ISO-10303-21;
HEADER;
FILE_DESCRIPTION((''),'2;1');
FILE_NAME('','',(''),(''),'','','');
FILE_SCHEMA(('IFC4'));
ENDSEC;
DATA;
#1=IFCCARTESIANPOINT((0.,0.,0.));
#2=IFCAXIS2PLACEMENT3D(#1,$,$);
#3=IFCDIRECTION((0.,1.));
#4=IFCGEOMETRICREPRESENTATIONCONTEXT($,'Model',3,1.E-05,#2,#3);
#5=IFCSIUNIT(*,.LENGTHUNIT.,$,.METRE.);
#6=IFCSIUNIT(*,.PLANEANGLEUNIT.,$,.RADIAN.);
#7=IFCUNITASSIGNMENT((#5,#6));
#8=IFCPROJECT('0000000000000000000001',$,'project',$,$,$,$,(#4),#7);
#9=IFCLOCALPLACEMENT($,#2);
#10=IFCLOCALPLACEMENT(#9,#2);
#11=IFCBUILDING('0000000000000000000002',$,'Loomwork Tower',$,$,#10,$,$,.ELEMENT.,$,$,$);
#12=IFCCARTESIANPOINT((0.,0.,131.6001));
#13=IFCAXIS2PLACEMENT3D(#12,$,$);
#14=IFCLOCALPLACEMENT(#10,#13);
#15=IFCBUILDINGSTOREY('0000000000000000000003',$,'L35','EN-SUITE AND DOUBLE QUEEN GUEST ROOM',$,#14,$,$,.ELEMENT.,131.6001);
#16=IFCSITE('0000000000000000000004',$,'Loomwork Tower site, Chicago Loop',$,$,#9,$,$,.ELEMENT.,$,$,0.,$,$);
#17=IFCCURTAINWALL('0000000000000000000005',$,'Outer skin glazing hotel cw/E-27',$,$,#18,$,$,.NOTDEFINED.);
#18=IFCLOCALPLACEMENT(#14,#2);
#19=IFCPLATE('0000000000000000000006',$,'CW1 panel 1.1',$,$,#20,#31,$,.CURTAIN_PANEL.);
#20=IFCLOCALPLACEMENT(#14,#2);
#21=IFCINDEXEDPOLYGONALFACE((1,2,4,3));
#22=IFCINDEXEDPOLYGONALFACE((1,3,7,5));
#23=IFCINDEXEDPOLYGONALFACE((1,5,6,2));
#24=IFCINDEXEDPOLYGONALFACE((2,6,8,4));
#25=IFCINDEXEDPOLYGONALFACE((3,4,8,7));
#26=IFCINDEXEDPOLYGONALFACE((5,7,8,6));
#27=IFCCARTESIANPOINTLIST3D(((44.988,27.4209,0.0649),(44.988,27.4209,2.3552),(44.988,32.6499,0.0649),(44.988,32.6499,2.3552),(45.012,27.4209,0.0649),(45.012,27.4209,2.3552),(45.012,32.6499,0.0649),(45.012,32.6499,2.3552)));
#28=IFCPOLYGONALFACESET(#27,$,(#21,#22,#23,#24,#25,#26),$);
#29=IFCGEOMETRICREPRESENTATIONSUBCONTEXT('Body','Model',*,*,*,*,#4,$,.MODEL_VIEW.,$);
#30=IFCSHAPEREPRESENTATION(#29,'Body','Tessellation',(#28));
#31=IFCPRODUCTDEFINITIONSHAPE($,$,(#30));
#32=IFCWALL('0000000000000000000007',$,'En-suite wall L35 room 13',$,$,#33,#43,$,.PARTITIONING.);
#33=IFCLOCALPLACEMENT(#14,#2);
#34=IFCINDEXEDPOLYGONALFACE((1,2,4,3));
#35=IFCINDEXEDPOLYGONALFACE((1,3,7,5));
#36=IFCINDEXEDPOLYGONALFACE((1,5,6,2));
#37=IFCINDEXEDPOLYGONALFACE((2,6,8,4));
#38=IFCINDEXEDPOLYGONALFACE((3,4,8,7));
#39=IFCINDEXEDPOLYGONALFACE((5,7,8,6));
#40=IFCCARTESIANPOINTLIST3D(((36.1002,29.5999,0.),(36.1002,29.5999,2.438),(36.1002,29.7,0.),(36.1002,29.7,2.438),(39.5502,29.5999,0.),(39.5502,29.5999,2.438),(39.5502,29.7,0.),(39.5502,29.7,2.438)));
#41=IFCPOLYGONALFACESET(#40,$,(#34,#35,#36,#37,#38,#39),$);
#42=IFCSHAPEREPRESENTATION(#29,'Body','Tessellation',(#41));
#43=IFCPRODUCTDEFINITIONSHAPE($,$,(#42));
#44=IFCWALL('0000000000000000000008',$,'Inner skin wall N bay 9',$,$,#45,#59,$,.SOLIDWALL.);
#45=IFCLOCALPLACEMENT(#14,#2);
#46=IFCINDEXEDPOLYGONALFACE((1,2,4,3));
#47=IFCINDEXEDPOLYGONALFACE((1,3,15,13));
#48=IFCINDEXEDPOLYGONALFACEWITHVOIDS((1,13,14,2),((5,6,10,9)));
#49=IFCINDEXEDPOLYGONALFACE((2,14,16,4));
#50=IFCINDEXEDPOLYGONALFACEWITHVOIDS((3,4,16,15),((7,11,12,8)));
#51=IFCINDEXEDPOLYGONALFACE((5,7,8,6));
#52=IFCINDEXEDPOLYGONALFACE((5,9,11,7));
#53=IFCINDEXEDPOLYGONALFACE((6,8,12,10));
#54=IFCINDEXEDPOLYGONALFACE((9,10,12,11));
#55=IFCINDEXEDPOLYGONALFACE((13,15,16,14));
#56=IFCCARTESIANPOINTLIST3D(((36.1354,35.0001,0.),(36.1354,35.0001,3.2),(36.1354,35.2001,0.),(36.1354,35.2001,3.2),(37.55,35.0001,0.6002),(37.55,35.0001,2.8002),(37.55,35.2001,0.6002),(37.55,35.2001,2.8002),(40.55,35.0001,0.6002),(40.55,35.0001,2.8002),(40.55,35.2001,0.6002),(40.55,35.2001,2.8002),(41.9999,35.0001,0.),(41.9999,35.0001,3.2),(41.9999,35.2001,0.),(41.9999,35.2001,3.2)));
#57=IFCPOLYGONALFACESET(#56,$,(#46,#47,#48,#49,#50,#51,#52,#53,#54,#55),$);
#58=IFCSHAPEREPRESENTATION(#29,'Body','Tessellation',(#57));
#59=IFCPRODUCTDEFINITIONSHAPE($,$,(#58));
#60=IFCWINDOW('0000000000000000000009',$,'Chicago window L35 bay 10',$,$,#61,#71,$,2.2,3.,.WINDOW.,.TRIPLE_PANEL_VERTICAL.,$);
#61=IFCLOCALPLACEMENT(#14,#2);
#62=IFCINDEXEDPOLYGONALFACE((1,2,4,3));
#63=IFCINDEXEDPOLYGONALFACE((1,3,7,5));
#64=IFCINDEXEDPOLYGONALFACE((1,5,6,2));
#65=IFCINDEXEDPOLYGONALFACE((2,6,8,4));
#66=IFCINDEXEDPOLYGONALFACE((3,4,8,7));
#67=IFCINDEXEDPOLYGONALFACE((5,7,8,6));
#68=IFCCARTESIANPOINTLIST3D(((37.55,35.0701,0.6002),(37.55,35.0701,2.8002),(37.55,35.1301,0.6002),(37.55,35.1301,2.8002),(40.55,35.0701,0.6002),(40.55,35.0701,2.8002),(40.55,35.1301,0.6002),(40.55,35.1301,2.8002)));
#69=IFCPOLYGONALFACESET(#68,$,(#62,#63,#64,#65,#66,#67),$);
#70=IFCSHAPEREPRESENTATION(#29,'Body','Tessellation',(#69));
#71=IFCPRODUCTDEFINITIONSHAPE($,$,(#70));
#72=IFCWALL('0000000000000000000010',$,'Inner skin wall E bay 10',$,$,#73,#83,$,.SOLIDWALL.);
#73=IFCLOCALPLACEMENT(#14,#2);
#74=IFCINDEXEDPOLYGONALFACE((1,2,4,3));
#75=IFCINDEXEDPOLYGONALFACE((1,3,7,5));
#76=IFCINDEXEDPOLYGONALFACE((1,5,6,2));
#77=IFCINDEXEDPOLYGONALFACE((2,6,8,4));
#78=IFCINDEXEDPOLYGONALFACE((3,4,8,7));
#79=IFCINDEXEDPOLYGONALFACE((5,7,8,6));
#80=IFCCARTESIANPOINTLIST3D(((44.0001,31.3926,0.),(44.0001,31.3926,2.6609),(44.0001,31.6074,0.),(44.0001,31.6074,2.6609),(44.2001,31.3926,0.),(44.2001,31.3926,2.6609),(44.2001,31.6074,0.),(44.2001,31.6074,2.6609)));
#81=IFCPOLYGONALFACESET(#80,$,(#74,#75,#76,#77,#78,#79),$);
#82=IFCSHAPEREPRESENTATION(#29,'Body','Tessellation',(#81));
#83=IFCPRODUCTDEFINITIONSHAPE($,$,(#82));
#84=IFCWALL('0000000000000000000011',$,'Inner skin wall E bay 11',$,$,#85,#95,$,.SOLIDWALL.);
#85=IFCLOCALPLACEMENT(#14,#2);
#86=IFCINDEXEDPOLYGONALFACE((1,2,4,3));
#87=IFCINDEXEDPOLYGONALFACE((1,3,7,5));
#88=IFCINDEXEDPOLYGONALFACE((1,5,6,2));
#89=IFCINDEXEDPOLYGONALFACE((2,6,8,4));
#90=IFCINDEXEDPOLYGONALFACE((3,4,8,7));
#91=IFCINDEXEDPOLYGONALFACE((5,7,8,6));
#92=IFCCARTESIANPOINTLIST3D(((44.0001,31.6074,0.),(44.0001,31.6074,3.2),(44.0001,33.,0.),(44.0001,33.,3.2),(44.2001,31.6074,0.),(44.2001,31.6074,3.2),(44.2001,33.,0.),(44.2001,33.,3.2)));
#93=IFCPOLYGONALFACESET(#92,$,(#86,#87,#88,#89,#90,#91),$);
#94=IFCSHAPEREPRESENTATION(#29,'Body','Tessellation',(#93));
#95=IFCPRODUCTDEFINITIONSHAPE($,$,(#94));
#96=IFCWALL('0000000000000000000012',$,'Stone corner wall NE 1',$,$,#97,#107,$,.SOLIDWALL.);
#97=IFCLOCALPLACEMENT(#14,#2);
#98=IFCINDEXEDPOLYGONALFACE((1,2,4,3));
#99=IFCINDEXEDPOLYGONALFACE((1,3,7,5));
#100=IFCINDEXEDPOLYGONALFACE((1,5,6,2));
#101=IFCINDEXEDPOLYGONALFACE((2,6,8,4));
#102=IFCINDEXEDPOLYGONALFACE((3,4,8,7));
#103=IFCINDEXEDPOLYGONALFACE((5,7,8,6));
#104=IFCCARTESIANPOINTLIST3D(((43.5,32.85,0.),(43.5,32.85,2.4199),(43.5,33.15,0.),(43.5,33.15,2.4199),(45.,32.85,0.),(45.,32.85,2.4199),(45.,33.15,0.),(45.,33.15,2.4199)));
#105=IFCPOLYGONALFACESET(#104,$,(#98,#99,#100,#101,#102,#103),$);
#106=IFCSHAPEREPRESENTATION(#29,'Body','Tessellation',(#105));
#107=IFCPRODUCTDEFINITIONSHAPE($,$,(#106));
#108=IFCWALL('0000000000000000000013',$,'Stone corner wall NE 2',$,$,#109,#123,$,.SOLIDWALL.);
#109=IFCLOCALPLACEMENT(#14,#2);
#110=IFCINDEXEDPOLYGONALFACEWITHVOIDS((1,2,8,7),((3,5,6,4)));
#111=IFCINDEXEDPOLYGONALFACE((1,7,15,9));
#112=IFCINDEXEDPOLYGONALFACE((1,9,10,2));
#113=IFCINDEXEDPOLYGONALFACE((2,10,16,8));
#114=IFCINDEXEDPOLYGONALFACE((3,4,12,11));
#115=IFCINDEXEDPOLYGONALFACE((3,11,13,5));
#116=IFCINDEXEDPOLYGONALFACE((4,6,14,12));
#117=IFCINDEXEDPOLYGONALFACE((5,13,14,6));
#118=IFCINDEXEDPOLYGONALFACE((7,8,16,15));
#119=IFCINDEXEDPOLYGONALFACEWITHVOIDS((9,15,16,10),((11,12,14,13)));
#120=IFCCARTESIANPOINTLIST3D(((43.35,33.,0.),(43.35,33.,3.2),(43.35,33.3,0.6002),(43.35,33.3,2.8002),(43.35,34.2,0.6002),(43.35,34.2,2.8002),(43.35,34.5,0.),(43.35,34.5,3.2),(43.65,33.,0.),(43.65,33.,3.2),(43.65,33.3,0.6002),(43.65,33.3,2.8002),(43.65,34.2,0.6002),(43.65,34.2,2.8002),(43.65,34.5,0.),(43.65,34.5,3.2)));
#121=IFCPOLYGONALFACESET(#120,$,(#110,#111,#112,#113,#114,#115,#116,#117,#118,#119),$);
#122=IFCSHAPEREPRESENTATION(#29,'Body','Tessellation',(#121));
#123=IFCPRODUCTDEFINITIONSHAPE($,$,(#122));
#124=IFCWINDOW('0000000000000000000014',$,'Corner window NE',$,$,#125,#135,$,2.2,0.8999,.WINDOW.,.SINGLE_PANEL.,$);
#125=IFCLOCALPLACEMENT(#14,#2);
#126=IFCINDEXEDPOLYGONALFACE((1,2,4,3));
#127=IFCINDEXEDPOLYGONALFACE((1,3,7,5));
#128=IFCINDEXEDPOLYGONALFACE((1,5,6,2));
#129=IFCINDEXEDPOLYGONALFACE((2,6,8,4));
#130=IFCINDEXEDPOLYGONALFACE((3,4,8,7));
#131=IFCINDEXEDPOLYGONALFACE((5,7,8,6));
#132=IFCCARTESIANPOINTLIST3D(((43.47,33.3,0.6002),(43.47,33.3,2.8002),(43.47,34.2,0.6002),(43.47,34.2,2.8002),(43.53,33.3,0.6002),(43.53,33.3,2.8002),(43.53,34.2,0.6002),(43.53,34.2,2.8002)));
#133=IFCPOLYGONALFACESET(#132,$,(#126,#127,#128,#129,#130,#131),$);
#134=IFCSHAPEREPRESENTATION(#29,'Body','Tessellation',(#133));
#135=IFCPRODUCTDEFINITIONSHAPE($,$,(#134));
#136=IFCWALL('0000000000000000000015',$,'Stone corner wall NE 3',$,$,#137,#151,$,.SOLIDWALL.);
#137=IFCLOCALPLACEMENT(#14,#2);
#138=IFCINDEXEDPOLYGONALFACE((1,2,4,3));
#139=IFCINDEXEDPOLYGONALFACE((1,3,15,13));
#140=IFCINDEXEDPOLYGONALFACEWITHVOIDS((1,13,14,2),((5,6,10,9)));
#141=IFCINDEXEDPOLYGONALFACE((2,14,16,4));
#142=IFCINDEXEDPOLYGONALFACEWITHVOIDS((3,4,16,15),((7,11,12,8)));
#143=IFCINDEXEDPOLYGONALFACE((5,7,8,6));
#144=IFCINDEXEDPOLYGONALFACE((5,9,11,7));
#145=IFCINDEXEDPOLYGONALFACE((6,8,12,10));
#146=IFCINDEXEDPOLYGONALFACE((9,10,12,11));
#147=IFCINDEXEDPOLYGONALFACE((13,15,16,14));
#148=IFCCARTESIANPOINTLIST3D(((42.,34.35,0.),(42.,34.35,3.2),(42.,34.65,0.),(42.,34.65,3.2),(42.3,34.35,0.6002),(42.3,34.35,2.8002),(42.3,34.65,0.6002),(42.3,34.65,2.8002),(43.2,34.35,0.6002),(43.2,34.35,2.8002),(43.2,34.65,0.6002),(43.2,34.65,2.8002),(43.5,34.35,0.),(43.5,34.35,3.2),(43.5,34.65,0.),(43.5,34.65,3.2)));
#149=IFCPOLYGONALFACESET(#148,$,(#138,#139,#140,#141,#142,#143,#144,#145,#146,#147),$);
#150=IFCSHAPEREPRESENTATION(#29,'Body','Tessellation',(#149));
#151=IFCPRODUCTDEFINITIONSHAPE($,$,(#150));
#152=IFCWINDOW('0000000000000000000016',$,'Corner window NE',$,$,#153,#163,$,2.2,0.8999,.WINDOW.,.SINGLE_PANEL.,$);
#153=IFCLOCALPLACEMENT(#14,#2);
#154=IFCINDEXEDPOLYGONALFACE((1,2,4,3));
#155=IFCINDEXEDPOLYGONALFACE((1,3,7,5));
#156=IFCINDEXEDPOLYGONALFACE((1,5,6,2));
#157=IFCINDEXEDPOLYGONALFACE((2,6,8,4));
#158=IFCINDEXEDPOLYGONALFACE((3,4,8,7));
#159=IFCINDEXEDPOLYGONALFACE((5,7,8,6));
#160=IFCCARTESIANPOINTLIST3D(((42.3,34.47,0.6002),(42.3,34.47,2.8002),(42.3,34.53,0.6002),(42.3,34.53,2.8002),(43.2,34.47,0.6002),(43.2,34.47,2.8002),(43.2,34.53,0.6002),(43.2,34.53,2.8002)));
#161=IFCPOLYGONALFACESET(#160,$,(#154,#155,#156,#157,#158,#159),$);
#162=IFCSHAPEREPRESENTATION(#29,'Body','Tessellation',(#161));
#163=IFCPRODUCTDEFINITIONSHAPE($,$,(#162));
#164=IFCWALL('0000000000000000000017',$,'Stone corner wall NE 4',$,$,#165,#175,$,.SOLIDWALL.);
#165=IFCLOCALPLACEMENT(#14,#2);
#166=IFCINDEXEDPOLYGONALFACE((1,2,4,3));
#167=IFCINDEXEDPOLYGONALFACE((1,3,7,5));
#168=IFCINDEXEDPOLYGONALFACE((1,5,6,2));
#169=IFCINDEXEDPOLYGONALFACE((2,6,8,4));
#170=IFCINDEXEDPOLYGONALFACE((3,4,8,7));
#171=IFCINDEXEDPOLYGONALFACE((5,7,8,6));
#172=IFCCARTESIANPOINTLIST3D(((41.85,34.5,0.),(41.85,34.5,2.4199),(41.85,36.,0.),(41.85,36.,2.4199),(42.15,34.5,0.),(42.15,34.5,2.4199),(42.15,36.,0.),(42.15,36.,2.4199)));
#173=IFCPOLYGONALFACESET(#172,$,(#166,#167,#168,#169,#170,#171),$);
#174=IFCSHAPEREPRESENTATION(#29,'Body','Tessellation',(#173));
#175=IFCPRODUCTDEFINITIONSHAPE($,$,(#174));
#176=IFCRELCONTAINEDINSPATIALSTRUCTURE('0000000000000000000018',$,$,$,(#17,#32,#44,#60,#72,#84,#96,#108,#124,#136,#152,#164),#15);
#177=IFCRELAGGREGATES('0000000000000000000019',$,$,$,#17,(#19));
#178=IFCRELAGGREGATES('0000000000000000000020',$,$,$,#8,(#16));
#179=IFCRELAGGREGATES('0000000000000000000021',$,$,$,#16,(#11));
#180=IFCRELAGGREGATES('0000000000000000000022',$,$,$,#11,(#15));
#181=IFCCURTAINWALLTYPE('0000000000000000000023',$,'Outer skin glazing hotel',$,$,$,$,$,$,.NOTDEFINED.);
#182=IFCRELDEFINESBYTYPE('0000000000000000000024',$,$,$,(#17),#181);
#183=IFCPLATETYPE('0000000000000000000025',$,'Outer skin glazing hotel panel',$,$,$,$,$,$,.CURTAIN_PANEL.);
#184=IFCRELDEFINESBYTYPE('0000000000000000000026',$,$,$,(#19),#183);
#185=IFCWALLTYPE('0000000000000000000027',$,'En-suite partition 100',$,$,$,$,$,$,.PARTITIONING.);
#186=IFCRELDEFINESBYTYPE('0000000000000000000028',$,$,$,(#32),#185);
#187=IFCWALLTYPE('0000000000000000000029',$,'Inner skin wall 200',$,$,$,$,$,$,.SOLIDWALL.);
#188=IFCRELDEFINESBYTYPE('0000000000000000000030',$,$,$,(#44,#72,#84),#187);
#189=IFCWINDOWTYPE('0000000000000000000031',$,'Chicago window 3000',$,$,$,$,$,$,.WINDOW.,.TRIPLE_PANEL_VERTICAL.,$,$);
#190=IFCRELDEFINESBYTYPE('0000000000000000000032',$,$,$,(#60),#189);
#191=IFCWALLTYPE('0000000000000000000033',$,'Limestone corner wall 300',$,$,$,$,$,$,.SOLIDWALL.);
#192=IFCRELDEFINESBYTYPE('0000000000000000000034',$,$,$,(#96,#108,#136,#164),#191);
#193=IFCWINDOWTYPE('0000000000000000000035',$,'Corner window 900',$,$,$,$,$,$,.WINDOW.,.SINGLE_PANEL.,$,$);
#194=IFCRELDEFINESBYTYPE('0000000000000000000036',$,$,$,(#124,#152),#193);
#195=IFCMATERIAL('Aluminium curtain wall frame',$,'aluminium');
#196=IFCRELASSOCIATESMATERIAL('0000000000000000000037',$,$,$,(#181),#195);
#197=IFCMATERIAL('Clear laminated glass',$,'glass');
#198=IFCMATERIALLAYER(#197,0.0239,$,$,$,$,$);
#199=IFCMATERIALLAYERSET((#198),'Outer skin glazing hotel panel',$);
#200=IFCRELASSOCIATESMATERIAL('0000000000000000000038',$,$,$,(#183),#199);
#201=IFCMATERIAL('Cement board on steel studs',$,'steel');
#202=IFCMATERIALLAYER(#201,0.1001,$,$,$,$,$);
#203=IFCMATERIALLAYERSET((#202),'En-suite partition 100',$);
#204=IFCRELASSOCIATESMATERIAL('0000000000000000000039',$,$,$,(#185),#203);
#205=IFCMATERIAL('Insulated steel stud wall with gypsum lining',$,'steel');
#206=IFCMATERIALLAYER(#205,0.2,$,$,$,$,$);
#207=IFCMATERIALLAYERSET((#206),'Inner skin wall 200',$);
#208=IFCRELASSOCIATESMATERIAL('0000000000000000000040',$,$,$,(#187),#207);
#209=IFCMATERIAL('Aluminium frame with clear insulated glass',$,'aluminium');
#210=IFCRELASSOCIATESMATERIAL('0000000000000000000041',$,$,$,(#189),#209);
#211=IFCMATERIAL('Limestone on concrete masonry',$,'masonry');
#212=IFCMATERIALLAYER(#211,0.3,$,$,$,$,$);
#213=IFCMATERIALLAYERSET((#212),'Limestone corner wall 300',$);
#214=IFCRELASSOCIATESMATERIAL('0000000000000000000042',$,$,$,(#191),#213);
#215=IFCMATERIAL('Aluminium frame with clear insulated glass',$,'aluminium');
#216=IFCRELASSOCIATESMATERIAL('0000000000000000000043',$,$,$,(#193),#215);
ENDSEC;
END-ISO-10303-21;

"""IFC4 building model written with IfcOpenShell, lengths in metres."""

from ifc_helpers import new_model, si_unit, direction, frame, frame_2d, origin, origin_2d, place, context, subcontext, project, spatial, rectangle, extrude, material, layer, layer_set, type_object, element, fill, aggregate, save


model = new_model("IFC4")

# Units and contexts
model_context = context("Model", 3, precision=1e-05, world=origin(), true_north=direction((0.0, 1.0)))
body_context = subcontext(model_context, "Body", "Model", "MODEL_VIEW")
ifc_project = project(units=[si_unit("LENGTHUNIT", "METRE"), si_unit("PLANEANGLEUNIT", "RADIAN")], contexts=[model_context])

# Site, building, storey
site_placement = place(None, origin())
site = spatial("IfcSite", under=ifc_project, at=site_placement, Name="Loomwork Tower site, Chicago Loop", CompositionType="ELEMENT", RefElevation=0.0)
building_placement = place(site_placement, origin())
building = spatial("IfcBuilding", under=site, at=building_placement, Name="Loomwork Tower", CompositionType="ELEMENT")
storey_placement = place(building_placement, frame((0.0, 0.0, 131.6001)))
storey = spatial("IfcBuildingStorey", under=building, at=storey_placement, Name="L35", Description="EN-SUITE AND DOUBLE QUEEN GUEST ROOM", CompositionType="ELEMENT", Elevation=131.6001)

# Shared definitions
ifc_material_1 = material(Name="Aluminium curtain wall frame", Category="aluminium")
curtain_wall_type = type_object("IfcCurtainWallType", Name="Outer skin glazing hotel", PredefinedType="NOTDEFINED", material=ifc_material_1)

# Curtain wall
curtain_wall_1_placement = place(storey_placement, origin())
curtain_wall_1 = element("IfcCurtainWall", 1, at=curtain_wall_1_placement, inside=storey, type_object=curtain_wall_type, Name="Outer skin glazing hotel cw/E-27", PredefinedType="NOTDEFINED")

# Plate
ifc_material_2 = material(Name="Clear laminated glass", Category="glass")
ifc_layer_1 = layer(ifc_material_2, 0.0239)
ifc_layer_set_1 = layer_set([ifc_layer_1], Name="Outer skin glazing hotel panel")
plate_type = type_object("IfcPlateType", Name="Outer skin glazing hotel panel", PredefinedType="CURTAIN_PANEL", material=ifc_layer_set_1)
plate_1_placement = place(storey_placement, frame((45.0, 30.0354, 0.0649), z_axis=(0.0, 0.0, 1.0), x_axis=(0.0, 1.0, 0.0)))
plate_1 = element("IfcPlate", 2, at=plate_1_placement, type_object=plate_type, Name="CW1 panel 1.1", PredefinedType="CURTAIN_PANEL", context=body_context, shape_type="SweptSolid", body=[
    extrude(rectangle(XDim=5.229, YDim=0.0239, at=origin_2d()), origin(), (0.0, 0.0, 1.0), 2.2903),
])
aggregate(curtain_wall_1, [plate_1])

# Wall
ifc_material_3 = material(Name="Cement board on steel studs", Category="steel")
ifc_layer_2 = layer(ifc_material_3, 0.1001)
ifc_layer_set_2 = layer_set([ifc_layer_2], Name="En-suite partition 100")
wall_type_1 = type_object("IfcWallType", Name="En-suite partition 100", PredefinedType="PARTITIONING", material=ifc_layer_set_2)
wall_1_placement = place(storey_placement, frame((36.1001, 29.6499, 0.0), z_axis=(0.0, 0.0, 1.0), x_axis=(1.0, 0.0, 0.0)))
element("IfcWall", 3, at=wall_1_placement, inside=storey, type_object=wall_type_1, Name="En-suite wall L35 room 13", PredefinedType="PARTITIONING", context=body_context, shape_type="SweptSolid", body=[
    extrude(rectangle(XDim=3.45, YDim=0.1001, at=frame_2d((1.7251, 0.0))), origin(), (0.0, 0.0, 1.0), 2.438),
])

# Wall, opening, window
ifc_material_4 = material(Name="Insulated steel stud wall with gypsum lining", Category="steel")
ifc_layer_3 = layer(ifc_material_4, 0.2)
ifc_layer_set_3 = layer_set([ifc_layer_3], Name="Inner skin wall 200")
wall_type_2 = type_object("IfcWallType", Name="Inner skin wall 200", PredefinedType="SOLIDWALL", material=ifc_layer_set_3)
wall_2_placement = place(storey_placement, frame((36.1355, 35.1001, 0.0), z_axis=(0.0, 0.0, 1.0), x_axis=(1.0, 0.0, 0.0)))
wall_2 = element("IfcWall", 4, at=wall_2_placement, inside=storey, type_object=wall_type_2, Name="Inner skin wall N bay 9", PredefinedType="SOLIDWALL", context=body_context, shape_type="SweptSolid", body=[
    extrude(rectangle(XDim=5.8645, YDim=0.2, at=frame_2d((2.9321, 0.0))), origin(), (0.0, 0.0, 1.0), 3.2),
])
opening_1_placement = place(wall_2_placement, frame((1.4146, 0.0, 0.6001)))
opening_1 = element("IfcOpeningElement", 5, at=opening_1_placement, cuts=wall_2, PredefinedType="OPENING", context=body_context, shape_type="SweptSolid", body=[
    extrude(rectangle(XDim=3.0, YDim=2.2, at=frame_2d((1.5, 1.1001))), frame((0.0, 0.1099, 0.0), z_axis=(0.0, -1.0, 0.0), x_axis=(1.0, 0.0, 0.0)), (0.0, 0.0, 1.0), 0.22),
])
ifc_material_5 = material(Name="Aluminium frame with clear insulated glass", Category="aluminium")
window_type_1 = type_object("IfcWindowType", Name="Chicago window 3000", PartitioningType="TRIPLE_PANEL_VERTICAL", PredefinedType="WINDOW", material=ifc_material_5)
window_1_placement = place(opening_1_placement, origin())
window_1 = element("IfcWindow", 6, at=window_1_placement, inside=storey, type_object=window_type_1, Name="Chicago window L35 bay 10", OverallHeight=2.2, OverallWidth=3.0, PartitioningType="TRIPLE_PANEL_VERTICAL", PredefinedType="WINDOW", context=body_context, shape_type="SweptSolid", body=[
    extrude(rectangle(XDim=3.0, YDim=2.2, at=frame_2d((1.5, 1.1001))), frame((0.0, 0.03, 0.0), z_axis=(0.0, -1.0, 0.0), x_axis=(1.0, 0.0, 0.0)), (0.0, 0.0, 1.0), 0.0601),
])
fill(opening_1, window_1)

# Walls
wall_3_placement = place(storey_placement, frame((44.1001, 31.3926, 0.0), z_axis=(0.0, 0.0, 1.0), x_axis=(0.0, 1.0, 0.0)))
element("IfcWall", 7, at=wall_3_placement, inside=storey, type_object=wall_type_2, Name="Inner skin wall E bay 10", PredefinedType="SOLIDWALL", context=body_context, shape_type="SweptSolid", body=[
    extrude(rectangle(XDim=0.2148, YDim=0.2, at=frame_2d((0.1074, 0.0))), origin(), (0.0, 0.0, 1.0), 2.6609),
])
wall_4_placement = place(storey_placement, frame((44.1001, 31.6074, 0.0), z_axis=(0.0, 0.0, 1.0), x_axis=(0.0, 1.0, 0.0)))
element("IfcWall", 8, at=wall_4_placement, inside=storey, type_object=wall_type_2, Name="Inner skin wall E bay 11", PredefinedType="SOLIDWALL", context=body_context, shape_type="SweptSolid", body=[
    extrude(rectangle(XDim=1.3926, YDim=0.2, at=frame_2d((0.6963, 0.0))), origin(), (0.0, 0.0, 1.0), 3.2),
])
ifc_material_6 = material(Name="Limestone on concrete masonry", Category="masonry")
ifc_layer_4 = layer(ifc_material_6, 0.3)
ifc_layer_set_4 = layer_set([ifc_layer_4], Name="Limestone corner wall 300")
wall_type_3 = type_object("IfcWallType", Name="Limestone corner wall 300", PredefinedType="SOLIDWALL", material=ifc_layer_set_4)
wall_5_placement = place(storey_placement, frame((45.0, 33.0, 0.0), z_axis=(0.0, 0.0, 1.0), x_axis=(-1.0, 0.0, 0.0)))
element("IfcWall", 9, at=wall_5_placement, inside=storey, type_object=wall_type_3, Name="Stone corner wall NE 1", PredefinedType="SOLIDWALL", context=body_context, shape_type="SweptSolid", body=[
    extrude(rectangle(XDim=1.5, YDim=0.3, at=frame_2d((0.75, 0.0))), origin(), (0.0, 0.0, 1.0), 2.4199),
])

# Walls, openings, windows
wall_6_placement = place(storey_placement, frame((43.5, 33.0, 0.0), z_axis=(0.0, 0.0, 1.0), x_axis=(0.0, 1.0, 0.0)))
wall_6 = element("IfcWall", 10, at=wall_6_placement, inside=storey, type_object=wall_type_3, Name="Stone corner wall NE 2", PredefinedType="SOLIDWALL", context=body_context, shape_type="SweptSolid", body=[
    extrude(rectangle(XDim=1.5, YDim=0.3, at=frame_2d((0.75, 0.0))), origin(), (0.0, 0.0, 1.0), 3.2),
])
opening_2_placement = place(wall_6_placement, frame((0.3, 0.0, 0.6001)))
opening_2 = element("IfcOpeningElement", 11, at=opening_2_placement, cuts=wall_6, PredefinedType="OPENING", context=body_context, shape_type="SweptSolid", body=[
    extrude(rectangle(XDim=0.8999, YDim=2.2, at=frame_2d((0.45, 1.1001))), frame((0.0, 0.1599, 0.0), z_axis=(0.0, -1.0, 0.0), x_axis=(1.0, 0.0, 0.0)), (0.0, 0.0, 1.0), 0.3201),
])
ifc_material_7 = material(Name="Aluminium frame with clear insulated glass", Category="aluminium")
window_type_2 = type_object("IfcWindowType", Name="Corner window 900", PartitioningType="SINGLE_PANEL", PredefinedType="WINDOW", material=ifc_material_7)
window_2_placement = place(opening_2_placement, origin())
window_2 = element("IfcWindow", 12, at=window_2_placement, inside=storey, type_object=window_type_2, Name="Corner window NE", OverallHeight=2.2, OverallWidth=0.8999, PartitioningType="SINGLE_PANEL", PredefinedType="WINDOW", context=body_context, shape_type="SweptSolid", body=[
    extrude(rectangle(XDim=0.8999, YDim=2.2, at=frame_2d((0.45, 1.1001))), frame((0.0, 0.03, 0.0), z_axis=(0.0, -1.0, 0.0), x_axis=(1.0, 0.0, 0.0)), (0.0, 0.0, 1.0), 0.0601),
])
fill(opening_2, window_2)
wall_7_placement = place(storey_placement, frame((43.5, 34.5, 0.0), z_axis=(0.0, 0.0, 1.0), x_axis=(-1.0, 0.0, 0.0)))
wall_7 = element("IfcWall", 13, at=wall_7_placement, inside=storey, type_object=wall_type_3, Name="Stone corner wall NE 3", PredefinedType="SOLIDWALL", context=body_context, shape_type="SweptSolid", body=[
    extrude(rectangle(XDim=1.5, YDim=0.3, at=frame_2d((0.75, 0.0))), origin(), (0.0, 0.0, 1.0), 3.2),
])
opening_3_placement = place(wall_7_placement, frame((0.3, 0.0, 0.6001)))
opening_3 = element("IfcOpeningElement", 14, at=opening_3_placement, cuts=wall_7, PredefinedType="OPENING", context=body_context, shape_type="SweptSolid", body=[
    extrude(rectangle(XDim=0.8999, YDim=2.2, at=frame_2d((0.45, 1.1001))), frame((0.0, 0.1599, 0.0), z_axis=(0.0, -1.0, 0.0), x_axis=(1.0, 0.0, 0.0)), (0.0, 0.0, 1.0), 0.3201),
])
window_3_placement = place(opening_3_placement, origin())
window_3 = element("IfcWindow", 15, at=window_3_placement, inside=storey, type_object=window_type_2, Name="Corner window NE", OverallHeight=2.2, OverallWidth=0.8999, PartitioningType="SINGLE_PANEL", PredefinedType="WINDOW", context=body_context, shape_type="SweptSolid", body=[
    extrude(rectangle(XDim=0.8999, YDim=2.2, at=frame_2d((0.45, 1.1001))), frame((0.0, 0.03, 0.0), z_axis=(0.0, -1.0, 0.0), x_axis=(1.0, 0.0, 0.0)), (0.0, 0.0, 1.0), 0.0601),
])
fill(opening_3, window_3)

# Wall
wall_8_placement = place(storey_placement, frame((42.0, 34.5, 0.0), z_axis=(0.0, 0.0, 1.0), x_axis=(0.0, 1.0, 0.0)))
element("IfcWall", 16, at=wall_8_placement, inside=storey, type_object=wall_type_3, Name="Stone corner wall NE 4", PredefinedType="SOLIDWALL", context=body_context, shape_type="SweptSolid", body=[
    extrude(rectangle(XDim=1.5, YDim=0.3, at=frame_2d((0.75, 0.0))), origin(), (0.0, 0.0, 1.0), 2.4199),
])

save(model, "model.ifc")
